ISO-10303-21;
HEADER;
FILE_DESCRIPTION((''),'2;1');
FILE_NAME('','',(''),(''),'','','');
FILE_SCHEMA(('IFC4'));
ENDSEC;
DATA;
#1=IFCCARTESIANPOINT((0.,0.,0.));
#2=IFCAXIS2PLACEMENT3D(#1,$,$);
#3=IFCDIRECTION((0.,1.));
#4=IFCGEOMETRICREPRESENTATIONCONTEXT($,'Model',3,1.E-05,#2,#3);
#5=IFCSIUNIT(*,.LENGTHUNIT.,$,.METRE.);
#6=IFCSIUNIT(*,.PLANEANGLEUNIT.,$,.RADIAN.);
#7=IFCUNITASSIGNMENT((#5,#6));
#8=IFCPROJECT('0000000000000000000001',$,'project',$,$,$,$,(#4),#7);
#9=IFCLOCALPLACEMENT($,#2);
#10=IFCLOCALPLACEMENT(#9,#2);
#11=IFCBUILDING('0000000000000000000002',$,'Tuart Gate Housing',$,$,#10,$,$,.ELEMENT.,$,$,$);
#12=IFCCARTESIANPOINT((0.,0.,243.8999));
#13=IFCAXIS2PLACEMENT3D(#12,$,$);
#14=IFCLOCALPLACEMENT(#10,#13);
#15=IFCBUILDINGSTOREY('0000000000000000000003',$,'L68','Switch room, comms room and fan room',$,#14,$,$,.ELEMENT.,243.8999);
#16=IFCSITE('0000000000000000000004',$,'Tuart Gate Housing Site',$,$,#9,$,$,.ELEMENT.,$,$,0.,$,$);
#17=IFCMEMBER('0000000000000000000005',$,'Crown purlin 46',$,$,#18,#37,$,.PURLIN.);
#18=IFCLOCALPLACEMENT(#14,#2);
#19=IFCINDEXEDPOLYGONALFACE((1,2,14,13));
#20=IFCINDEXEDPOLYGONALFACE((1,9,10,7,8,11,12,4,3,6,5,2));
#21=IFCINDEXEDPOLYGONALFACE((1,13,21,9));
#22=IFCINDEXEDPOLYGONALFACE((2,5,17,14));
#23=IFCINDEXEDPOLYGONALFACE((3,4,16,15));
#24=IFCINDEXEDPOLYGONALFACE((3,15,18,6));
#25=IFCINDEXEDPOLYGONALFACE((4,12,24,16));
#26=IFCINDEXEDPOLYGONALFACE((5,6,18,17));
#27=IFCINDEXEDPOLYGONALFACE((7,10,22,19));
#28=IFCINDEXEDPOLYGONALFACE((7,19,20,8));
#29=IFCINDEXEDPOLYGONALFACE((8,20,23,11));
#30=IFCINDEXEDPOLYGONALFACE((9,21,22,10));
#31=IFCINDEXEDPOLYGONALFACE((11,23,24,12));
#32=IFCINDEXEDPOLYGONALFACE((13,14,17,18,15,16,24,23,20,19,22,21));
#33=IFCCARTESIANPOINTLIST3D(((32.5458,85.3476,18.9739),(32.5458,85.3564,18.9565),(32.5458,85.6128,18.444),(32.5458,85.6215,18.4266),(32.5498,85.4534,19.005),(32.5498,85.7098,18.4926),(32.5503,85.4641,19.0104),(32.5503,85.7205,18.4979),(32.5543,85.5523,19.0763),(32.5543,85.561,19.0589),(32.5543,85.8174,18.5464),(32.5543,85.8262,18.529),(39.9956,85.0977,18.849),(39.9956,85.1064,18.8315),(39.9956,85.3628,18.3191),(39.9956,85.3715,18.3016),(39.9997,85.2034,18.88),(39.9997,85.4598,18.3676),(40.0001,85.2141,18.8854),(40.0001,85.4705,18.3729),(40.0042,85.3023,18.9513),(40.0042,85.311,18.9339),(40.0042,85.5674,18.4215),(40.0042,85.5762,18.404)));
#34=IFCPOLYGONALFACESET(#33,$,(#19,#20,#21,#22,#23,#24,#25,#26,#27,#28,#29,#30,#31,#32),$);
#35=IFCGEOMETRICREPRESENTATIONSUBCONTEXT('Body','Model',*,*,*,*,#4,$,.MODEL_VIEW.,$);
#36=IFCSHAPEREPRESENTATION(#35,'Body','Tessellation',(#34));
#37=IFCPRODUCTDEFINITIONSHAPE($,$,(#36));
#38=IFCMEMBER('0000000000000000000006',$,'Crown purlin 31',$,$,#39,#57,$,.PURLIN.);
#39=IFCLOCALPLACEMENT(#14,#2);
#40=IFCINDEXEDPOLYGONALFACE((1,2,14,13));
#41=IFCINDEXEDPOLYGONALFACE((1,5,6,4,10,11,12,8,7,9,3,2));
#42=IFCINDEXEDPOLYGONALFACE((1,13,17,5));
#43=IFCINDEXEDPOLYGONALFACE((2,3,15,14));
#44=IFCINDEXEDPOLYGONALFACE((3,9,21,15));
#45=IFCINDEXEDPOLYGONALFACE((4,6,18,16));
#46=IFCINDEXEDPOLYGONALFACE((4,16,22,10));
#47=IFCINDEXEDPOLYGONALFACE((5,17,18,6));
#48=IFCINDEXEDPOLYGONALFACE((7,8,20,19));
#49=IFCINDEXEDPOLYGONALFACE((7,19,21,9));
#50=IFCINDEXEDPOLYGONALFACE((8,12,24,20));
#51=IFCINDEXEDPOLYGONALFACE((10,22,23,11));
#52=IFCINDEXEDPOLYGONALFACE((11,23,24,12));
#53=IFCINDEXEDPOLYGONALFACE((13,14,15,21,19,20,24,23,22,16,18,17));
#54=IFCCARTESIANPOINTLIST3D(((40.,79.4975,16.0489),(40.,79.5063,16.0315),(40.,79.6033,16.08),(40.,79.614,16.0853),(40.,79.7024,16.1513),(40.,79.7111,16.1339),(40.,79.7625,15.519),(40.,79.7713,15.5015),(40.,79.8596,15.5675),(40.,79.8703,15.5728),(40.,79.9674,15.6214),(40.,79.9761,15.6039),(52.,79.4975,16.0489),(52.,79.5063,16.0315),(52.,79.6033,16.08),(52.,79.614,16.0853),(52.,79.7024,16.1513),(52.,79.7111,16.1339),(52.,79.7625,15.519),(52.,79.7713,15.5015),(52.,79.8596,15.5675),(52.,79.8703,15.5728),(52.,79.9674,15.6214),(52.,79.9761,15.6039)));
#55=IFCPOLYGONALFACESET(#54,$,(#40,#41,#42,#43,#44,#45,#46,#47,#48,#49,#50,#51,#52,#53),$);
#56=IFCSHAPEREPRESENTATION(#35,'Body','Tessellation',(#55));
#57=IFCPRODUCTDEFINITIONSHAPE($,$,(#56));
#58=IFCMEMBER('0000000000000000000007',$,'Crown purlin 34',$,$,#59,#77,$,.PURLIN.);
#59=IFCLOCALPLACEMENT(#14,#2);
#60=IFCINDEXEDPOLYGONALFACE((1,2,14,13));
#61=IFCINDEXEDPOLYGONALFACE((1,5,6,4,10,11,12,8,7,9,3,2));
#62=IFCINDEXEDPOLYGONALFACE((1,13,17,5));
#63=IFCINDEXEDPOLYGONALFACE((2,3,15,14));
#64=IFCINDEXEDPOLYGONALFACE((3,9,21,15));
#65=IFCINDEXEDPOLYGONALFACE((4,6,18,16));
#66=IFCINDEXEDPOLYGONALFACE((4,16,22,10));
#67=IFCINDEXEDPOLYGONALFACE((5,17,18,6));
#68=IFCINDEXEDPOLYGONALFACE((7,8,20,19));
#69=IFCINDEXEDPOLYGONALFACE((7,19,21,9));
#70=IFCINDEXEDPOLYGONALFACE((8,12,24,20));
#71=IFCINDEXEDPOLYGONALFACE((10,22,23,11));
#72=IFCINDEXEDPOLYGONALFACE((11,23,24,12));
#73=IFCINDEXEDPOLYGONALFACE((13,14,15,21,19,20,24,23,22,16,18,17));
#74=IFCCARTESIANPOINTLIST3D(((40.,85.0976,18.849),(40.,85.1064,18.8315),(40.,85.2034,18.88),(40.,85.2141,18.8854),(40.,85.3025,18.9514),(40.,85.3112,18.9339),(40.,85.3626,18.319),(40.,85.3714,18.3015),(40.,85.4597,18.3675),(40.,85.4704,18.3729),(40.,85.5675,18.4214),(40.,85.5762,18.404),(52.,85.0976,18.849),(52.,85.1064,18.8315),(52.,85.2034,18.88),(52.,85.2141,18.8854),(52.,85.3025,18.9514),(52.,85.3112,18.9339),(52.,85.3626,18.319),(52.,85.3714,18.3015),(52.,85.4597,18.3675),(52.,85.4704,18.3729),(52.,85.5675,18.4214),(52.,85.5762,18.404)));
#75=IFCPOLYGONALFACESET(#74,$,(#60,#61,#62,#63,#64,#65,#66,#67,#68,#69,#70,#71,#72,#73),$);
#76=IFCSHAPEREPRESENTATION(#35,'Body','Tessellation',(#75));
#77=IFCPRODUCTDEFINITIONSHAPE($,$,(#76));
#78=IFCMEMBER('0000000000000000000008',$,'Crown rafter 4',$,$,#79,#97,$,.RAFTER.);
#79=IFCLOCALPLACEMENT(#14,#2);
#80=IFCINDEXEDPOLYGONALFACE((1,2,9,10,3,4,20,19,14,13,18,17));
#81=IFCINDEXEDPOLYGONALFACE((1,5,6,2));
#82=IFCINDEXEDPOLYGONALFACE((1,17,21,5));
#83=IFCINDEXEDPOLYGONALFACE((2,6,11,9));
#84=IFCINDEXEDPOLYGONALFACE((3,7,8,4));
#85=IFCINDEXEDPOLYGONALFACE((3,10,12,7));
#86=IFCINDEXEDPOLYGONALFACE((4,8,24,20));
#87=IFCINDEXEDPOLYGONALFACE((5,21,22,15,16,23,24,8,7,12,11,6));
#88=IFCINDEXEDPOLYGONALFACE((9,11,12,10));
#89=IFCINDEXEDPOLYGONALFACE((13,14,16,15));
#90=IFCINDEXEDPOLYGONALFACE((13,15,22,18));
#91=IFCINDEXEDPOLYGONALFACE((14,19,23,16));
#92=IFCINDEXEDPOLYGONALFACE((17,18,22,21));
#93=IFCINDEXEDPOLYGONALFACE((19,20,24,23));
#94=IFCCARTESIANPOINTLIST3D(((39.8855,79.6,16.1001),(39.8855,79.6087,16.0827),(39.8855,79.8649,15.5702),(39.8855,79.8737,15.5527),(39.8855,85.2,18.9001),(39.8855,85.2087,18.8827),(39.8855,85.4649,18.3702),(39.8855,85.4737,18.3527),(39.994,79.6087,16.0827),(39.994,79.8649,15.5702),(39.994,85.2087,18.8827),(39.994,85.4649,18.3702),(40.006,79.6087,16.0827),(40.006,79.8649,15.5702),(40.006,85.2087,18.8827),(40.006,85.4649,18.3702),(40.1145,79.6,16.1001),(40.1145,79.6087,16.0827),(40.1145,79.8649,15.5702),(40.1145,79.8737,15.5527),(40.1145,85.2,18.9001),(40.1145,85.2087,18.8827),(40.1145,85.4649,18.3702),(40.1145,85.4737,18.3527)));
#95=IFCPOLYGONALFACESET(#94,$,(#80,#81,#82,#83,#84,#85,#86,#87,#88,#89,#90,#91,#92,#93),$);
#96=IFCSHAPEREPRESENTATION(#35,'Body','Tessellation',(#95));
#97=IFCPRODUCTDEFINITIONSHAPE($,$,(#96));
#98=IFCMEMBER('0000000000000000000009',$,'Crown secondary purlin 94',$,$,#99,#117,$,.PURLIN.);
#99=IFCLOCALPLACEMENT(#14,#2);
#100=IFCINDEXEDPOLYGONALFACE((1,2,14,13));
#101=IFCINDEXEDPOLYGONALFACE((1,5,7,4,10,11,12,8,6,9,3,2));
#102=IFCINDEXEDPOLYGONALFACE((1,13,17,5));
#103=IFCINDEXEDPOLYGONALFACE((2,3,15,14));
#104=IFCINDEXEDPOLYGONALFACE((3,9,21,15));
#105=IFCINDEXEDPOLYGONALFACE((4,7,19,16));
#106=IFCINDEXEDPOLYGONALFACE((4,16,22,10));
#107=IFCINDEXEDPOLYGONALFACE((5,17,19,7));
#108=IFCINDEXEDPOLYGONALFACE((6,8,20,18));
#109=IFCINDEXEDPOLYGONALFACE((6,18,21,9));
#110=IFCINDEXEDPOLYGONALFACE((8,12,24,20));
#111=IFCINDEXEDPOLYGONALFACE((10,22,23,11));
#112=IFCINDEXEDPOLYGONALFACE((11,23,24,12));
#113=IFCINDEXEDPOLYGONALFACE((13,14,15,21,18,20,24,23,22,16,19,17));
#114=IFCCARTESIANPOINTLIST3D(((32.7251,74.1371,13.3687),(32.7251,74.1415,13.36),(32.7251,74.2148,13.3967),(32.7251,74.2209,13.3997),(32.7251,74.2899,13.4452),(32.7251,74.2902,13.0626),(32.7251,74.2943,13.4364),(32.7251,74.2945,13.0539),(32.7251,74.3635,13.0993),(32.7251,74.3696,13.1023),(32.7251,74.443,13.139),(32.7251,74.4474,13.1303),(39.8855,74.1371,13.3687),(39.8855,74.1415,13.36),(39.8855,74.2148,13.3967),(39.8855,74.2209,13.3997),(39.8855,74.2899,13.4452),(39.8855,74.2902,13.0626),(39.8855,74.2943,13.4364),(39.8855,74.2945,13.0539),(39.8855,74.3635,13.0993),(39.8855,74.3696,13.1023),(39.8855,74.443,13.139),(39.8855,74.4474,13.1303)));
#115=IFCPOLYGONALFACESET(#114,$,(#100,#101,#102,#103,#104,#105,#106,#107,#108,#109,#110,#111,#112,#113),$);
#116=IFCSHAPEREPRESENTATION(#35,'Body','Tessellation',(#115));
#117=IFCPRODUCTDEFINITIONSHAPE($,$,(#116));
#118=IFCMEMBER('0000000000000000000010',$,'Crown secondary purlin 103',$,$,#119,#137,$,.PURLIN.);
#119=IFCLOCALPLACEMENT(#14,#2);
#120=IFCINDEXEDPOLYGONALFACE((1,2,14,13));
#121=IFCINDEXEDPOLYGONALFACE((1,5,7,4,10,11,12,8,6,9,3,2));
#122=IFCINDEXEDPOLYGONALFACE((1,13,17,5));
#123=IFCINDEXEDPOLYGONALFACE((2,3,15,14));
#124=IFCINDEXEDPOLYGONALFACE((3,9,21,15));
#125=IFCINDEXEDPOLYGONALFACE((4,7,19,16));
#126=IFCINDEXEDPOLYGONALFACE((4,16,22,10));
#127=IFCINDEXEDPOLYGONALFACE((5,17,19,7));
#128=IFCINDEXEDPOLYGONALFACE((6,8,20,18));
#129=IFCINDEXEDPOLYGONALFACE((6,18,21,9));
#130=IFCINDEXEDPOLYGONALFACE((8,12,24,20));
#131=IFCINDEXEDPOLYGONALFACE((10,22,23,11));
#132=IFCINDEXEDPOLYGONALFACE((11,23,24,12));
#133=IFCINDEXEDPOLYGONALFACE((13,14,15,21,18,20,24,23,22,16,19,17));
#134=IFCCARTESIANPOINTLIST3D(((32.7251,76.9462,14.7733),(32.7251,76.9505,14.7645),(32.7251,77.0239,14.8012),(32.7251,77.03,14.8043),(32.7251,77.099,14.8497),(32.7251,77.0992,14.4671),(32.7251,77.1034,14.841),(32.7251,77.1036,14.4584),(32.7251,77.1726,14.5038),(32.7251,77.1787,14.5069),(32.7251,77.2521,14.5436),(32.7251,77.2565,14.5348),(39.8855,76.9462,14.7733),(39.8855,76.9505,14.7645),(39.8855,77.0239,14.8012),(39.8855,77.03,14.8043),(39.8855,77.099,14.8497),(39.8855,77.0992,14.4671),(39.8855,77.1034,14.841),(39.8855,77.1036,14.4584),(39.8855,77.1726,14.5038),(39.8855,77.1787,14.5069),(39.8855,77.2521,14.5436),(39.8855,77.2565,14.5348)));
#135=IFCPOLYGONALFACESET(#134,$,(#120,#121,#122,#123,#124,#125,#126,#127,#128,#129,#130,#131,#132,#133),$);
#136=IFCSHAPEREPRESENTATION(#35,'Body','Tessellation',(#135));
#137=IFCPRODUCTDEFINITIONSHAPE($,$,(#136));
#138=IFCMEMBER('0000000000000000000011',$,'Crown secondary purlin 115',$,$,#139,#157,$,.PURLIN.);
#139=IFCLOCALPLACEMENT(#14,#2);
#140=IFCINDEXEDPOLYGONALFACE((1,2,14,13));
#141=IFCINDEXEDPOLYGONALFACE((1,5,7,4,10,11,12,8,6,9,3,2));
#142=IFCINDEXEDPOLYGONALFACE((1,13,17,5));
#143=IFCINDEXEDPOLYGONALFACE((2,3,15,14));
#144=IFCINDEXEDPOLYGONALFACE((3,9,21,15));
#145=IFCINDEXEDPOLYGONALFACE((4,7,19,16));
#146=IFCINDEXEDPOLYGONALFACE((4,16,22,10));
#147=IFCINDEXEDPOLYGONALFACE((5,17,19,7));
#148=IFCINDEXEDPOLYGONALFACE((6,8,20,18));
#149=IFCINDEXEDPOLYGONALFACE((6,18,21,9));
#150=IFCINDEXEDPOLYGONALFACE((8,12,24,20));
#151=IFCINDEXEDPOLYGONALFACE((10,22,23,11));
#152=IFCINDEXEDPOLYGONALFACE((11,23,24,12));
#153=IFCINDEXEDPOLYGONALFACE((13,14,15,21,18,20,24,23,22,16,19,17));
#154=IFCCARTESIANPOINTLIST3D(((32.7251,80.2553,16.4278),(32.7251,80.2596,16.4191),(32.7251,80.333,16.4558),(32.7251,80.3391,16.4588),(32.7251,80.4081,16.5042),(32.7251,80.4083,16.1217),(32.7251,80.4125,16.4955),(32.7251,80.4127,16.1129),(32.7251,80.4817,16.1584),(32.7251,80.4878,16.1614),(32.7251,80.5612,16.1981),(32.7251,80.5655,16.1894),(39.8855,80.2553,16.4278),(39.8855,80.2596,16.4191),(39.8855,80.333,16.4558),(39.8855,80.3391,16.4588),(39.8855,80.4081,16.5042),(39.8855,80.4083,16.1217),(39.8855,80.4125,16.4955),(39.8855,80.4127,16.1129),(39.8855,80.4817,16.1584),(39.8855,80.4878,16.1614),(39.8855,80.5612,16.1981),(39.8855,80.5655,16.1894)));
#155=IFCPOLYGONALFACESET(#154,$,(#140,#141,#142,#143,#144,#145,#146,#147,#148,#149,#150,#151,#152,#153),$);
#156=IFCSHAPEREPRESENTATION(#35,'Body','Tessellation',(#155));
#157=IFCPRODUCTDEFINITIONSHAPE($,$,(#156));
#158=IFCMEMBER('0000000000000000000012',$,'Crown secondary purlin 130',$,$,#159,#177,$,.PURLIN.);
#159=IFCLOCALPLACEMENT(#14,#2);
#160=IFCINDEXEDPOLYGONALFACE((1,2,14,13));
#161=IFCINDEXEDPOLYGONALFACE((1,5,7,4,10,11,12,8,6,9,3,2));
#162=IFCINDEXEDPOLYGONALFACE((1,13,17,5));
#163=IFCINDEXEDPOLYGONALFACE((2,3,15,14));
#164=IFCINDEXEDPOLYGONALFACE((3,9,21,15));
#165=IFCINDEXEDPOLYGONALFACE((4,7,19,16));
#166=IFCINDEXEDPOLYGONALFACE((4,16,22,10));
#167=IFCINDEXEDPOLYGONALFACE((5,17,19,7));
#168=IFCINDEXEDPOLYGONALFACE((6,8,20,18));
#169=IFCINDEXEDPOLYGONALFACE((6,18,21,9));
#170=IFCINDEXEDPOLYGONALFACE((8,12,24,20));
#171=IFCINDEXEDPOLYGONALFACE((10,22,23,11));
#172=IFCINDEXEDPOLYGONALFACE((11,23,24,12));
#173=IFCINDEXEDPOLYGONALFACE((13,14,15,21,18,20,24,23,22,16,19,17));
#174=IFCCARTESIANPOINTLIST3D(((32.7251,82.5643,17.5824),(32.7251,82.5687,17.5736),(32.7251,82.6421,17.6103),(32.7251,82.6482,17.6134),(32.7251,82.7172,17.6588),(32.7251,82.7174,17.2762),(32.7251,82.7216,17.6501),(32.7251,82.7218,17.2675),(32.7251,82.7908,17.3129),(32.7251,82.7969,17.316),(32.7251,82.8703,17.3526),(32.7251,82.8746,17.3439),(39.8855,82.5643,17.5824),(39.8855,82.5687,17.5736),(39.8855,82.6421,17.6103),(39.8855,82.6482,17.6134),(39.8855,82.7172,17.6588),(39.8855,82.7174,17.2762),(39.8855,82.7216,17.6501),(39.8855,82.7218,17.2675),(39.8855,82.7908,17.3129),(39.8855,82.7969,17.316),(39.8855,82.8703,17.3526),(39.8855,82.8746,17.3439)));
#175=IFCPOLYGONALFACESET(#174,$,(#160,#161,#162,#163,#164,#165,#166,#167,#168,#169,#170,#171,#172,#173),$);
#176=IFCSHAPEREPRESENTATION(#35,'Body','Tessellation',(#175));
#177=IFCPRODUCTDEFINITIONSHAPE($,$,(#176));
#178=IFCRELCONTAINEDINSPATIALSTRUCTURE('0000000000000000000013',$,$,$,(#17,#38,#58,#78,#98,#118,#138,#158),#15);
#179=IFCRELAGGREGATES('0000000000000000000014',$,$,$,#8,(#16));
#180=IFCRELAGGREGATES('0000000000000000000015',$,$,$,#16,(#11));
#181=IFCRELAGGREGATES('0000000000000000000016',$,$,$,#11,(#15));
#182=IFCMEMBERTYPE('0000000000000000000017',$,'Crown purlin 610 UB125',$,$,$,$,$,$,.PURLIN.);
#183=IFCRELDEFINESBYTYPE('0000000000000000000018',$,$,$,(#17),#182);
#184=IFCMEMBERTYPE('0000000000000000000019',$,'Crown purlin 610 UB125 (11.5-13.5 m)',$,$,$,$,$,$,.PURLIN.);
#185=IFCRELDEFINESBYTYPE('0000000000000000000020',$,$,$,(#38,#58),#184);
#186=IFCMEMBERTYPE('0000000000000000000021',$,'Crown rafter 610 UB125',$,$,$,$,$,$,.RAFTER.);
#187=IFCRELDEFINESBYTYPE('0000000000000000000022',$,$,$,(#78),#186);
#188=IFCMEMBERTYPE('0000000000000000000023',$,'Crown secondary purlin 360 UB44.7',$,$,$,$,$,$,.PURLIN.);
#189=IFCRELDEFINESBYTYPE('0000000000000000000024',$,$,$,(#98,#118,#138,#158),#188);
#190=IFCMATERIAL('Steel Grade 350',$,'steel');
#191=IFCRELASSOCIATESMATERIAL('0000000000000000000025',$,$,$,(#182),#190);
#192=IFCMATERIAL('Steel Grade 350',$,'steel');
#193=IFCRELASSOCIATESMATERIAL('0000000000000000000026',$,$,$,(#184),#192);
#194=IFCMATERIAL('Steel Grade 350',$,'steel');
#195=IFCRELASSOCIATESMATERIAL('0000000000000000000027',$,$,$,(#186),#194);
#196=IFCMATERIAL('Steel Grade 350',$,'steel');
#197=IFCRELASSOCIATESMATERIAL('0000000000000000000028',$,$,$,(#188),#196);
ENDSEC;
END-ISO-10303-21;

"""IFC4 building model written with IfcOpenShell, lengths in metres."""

from ifc_helpers import new_model, si_unit, direction, frame, origin, origin_2d, place, context, subcontext, project, spatial, i_section, extrude, material, material_profile, profile_set, type_object, element, save


model = new_model("IFC4")

# Units and contexts
model_context = context("Model", 3, precision=1e-05, world=origin(), true_north=direction((0.0, 1.0)))
body_context = subcontext(model_context, "Body", "Model", "MODEL_VIEW")
ifc_project = project(units=[si_unit("LENGTHUNIT", "METRE"), si_unit("PLANEANGLEUNIT", "RADIAN")], contexts=[model_context])

# Site, building, storey
site_placement = place(None, origin())
site = spatial("IfcSite", under=ifc_project, at=site_placement, Name="Tuart Gate Housing Site", CompositionType="ELEMENT", RefElevation=0.0)
building_placement = place(site_placement, origin())
building = spatial("IfcBuilding", under=site, at=building_placement, Name="Tuart Gate Housing", CompositionType="ELEMENT")
storey_placement = place(building_placement, frame((0.0, 0.0, 243.8999)))
storey = spatial("IfcBuildingStorey", under=building, at=storey_placement, Name="L68", Description="Switch room, comms room and fan room", CompositionType="ELEMENT", Elevation=243.8999)

# Members
ifc_material_1 = material(Name="Steel Grade 350", Category="steel")
ifc_material_profile_1 = material_profile(ifc_material_1, i_section(OverallWidth=0.229, OverallDepth=0.6121, WebThickness=0.012, FlangeThickness=0.0195, at=origin_2d()), Name="610UB125")
ifc_profile_set_1 = profile_set([ifc_material_profile_1], Name="Steel Grade 350")
member_type_1 = type_object("IfcMemberType", Name="Crown purlin 610 UB125", PredefinedType="PURLIN", material=ifc_profile_set_1)
member_1_placement = place(storey_placement, frame((32.55, 85.5869, 18.7515), z_axis=(0.999297, -0.033534, -0.016767), x_axis=(0.037492, 0.893672, 0.447151)))
element("IfcMember", 1, at=member_1_placement, inside=storey, type_object=member_type_1, Name="Crown purlin 46", PredefinedType="PURLIN", context=body_context, shape_type="SweptSolid", body=[
    extrude(i_section(OverallWidth=0.229, OverallDepth=0.6121, WebThickness=0.012, FlangeThickness=0.0195, at=origin_2d()), origin(), (0.0, 0.0, 1.0), 7.4551),
])
ifc_material_2 = material(Name="Steel Grade 350", Category="steel")
ifc_material_profile_2 = material_profile(ifc_material_2, i_section(OverallWidth=0.229, OverallDepth=0.6121, WebThickness=0.012, FlangeThickness=0.0195, at=origin_2d()), Name="610UB125")
ifc_profile_set_2 = profile_set([ifc_material_profile_2], Name="Steel Grade 350")
member_type_2 = type_object("IfcMemberType", Name="Crown purlin 610 UB125 (11.5-13.5 m)", PredefinedType="PURLIN", material=ifc_profile_set_2)
for number, where, z_axis, x_axis, name in (
    (2, (40.0, 79.7368, 15.8264), (1.0, 0.0, 0.0), (0.0, 0.894427, 0.447214), "Crown purlin 31"),
    (3, (40.0, 85.3369, 18.6265), (1.0, 0.0, 0.0), (0.0, 0.894427, 0.447214), "Crown purlin 34"),
):
    element("IfcMember", number, at=place(storey_placement, frame(where, z_axis=z_axis, x_axis=x_axis)), inside=storey, type_object=member_type_2, Name=name, PredefinedType="PURLIN", context=body_context, shape_type="SweptSolid", body=[
        extrude(i_section(OverallWidth=0.229, OverallDepth=0.6121, WebThickness=0.012, FlangeThickness=0.0195, at=origin_2d()), origin(), (0.0, 0.0, 1.0), 12.0),
    ])
ifc_material_3 = material(Name="Steel Grade 350", Category="steel")
ifc_material_profile_3 = material_profile(ifc_material_3, i_section(OverallWidth=0.229, OverallDepth=0.6121, WebThickness=0.012, FlangeThickness=0.0195, at=origin_2d()), Name="610UB125")
ifc_profile_set_3 = profile_set([ifc_material_profile_3], Name="Steel Grade 350")
member_type_3 = type_object("IfcMemberType", Name="Crown rafter 610 UB125", PredefinedType="RAFTER", material=ifc_profile_set_3)
member_2_placement = place(storey_placement, frame((40.0, 79.7368, 15.8264), z_axis=(0.0, 0.894427, 0.447214), x_axis=(-1.0, 0.0, 0.0)))
element("IfcMember", 4, at=member_2_placement, inside=storey, type_object=member_type_3, Name="Crown rafter 4", PredefinedType="RAFTER", context=body_context, shape_type="SweptSolid", body=[
    extrude(i_section(OverallWidth=0.229, OverallDepth=0.6121, WebThickness=0.012, FlangeThickness=0.0195, at=origin_2d()), origin(), (0.0, 0.0, 1.0), 6.261),
])
ifc_material_4 = material(Name="Steel Grade 350", Category="steel")
ifc_material_profile_4 = material_profile(ifc_material_4, i_section(OverallWidth=0.1709, OverallDepth=0.3521, WebThickness=0.0068, FlangeThickness=0.0098, at=origin_2d()), Name="360UB44.7")
ifc_profile_set_4 = profile_set([ifc_material_profile_4], Name="Steel Grade 350")
member_type_4 = type_object("IfcMemberType", Name="Crown secondary purlin 360 UB44.7", PredefinedType="PURLIN", material=ifc_profile_set_4)
for number, where, z_axis, x_axis, name in (
    (5, (32.7251, 74.2922, 13.2495), (1.0, 0.0, 0.0), (0.0, 0.894427, 0.447214), "Crown secondary purlin 94"),
    (6, (32.7251, 77.1013, 14.6541), (1.0, 0.0, 0.0), (0.0, 0.894427, 0.447214), "Crown secondary purlin 103"),
    (7, (32.7251, 80.4104, 16.3086), (1.0, 0.0, 0.0), (0.0, 0.894427, 0.447214), "Crown secondary purlin 115"),
    (8, (32.7251, 82.7195, 17.4631), (1.0, 0.0, 0.0), (0.0, 0.894427, 0.447214), "Crown secondary purlin 130"),
):
    element("IfcMember", number, at=place(storey_placement, frame(where, z_axis=z_axis, x_axis=x_axis)), inside=storey, type_object=member_type_4, Name=name, PredefinedType="PURLIN", context=body_context, shape_type="SweptSolid", body=[
        extrude(i_section(OverallWidth=0.1709, OverallDepth=0.3521, WebThickness=0.0068, FlangeThickness=0.0098, at=origin_2d()), origin(), (0.0, 0.0, 1.0), 7.1604),
    ])

save(model, "model.ifc")
